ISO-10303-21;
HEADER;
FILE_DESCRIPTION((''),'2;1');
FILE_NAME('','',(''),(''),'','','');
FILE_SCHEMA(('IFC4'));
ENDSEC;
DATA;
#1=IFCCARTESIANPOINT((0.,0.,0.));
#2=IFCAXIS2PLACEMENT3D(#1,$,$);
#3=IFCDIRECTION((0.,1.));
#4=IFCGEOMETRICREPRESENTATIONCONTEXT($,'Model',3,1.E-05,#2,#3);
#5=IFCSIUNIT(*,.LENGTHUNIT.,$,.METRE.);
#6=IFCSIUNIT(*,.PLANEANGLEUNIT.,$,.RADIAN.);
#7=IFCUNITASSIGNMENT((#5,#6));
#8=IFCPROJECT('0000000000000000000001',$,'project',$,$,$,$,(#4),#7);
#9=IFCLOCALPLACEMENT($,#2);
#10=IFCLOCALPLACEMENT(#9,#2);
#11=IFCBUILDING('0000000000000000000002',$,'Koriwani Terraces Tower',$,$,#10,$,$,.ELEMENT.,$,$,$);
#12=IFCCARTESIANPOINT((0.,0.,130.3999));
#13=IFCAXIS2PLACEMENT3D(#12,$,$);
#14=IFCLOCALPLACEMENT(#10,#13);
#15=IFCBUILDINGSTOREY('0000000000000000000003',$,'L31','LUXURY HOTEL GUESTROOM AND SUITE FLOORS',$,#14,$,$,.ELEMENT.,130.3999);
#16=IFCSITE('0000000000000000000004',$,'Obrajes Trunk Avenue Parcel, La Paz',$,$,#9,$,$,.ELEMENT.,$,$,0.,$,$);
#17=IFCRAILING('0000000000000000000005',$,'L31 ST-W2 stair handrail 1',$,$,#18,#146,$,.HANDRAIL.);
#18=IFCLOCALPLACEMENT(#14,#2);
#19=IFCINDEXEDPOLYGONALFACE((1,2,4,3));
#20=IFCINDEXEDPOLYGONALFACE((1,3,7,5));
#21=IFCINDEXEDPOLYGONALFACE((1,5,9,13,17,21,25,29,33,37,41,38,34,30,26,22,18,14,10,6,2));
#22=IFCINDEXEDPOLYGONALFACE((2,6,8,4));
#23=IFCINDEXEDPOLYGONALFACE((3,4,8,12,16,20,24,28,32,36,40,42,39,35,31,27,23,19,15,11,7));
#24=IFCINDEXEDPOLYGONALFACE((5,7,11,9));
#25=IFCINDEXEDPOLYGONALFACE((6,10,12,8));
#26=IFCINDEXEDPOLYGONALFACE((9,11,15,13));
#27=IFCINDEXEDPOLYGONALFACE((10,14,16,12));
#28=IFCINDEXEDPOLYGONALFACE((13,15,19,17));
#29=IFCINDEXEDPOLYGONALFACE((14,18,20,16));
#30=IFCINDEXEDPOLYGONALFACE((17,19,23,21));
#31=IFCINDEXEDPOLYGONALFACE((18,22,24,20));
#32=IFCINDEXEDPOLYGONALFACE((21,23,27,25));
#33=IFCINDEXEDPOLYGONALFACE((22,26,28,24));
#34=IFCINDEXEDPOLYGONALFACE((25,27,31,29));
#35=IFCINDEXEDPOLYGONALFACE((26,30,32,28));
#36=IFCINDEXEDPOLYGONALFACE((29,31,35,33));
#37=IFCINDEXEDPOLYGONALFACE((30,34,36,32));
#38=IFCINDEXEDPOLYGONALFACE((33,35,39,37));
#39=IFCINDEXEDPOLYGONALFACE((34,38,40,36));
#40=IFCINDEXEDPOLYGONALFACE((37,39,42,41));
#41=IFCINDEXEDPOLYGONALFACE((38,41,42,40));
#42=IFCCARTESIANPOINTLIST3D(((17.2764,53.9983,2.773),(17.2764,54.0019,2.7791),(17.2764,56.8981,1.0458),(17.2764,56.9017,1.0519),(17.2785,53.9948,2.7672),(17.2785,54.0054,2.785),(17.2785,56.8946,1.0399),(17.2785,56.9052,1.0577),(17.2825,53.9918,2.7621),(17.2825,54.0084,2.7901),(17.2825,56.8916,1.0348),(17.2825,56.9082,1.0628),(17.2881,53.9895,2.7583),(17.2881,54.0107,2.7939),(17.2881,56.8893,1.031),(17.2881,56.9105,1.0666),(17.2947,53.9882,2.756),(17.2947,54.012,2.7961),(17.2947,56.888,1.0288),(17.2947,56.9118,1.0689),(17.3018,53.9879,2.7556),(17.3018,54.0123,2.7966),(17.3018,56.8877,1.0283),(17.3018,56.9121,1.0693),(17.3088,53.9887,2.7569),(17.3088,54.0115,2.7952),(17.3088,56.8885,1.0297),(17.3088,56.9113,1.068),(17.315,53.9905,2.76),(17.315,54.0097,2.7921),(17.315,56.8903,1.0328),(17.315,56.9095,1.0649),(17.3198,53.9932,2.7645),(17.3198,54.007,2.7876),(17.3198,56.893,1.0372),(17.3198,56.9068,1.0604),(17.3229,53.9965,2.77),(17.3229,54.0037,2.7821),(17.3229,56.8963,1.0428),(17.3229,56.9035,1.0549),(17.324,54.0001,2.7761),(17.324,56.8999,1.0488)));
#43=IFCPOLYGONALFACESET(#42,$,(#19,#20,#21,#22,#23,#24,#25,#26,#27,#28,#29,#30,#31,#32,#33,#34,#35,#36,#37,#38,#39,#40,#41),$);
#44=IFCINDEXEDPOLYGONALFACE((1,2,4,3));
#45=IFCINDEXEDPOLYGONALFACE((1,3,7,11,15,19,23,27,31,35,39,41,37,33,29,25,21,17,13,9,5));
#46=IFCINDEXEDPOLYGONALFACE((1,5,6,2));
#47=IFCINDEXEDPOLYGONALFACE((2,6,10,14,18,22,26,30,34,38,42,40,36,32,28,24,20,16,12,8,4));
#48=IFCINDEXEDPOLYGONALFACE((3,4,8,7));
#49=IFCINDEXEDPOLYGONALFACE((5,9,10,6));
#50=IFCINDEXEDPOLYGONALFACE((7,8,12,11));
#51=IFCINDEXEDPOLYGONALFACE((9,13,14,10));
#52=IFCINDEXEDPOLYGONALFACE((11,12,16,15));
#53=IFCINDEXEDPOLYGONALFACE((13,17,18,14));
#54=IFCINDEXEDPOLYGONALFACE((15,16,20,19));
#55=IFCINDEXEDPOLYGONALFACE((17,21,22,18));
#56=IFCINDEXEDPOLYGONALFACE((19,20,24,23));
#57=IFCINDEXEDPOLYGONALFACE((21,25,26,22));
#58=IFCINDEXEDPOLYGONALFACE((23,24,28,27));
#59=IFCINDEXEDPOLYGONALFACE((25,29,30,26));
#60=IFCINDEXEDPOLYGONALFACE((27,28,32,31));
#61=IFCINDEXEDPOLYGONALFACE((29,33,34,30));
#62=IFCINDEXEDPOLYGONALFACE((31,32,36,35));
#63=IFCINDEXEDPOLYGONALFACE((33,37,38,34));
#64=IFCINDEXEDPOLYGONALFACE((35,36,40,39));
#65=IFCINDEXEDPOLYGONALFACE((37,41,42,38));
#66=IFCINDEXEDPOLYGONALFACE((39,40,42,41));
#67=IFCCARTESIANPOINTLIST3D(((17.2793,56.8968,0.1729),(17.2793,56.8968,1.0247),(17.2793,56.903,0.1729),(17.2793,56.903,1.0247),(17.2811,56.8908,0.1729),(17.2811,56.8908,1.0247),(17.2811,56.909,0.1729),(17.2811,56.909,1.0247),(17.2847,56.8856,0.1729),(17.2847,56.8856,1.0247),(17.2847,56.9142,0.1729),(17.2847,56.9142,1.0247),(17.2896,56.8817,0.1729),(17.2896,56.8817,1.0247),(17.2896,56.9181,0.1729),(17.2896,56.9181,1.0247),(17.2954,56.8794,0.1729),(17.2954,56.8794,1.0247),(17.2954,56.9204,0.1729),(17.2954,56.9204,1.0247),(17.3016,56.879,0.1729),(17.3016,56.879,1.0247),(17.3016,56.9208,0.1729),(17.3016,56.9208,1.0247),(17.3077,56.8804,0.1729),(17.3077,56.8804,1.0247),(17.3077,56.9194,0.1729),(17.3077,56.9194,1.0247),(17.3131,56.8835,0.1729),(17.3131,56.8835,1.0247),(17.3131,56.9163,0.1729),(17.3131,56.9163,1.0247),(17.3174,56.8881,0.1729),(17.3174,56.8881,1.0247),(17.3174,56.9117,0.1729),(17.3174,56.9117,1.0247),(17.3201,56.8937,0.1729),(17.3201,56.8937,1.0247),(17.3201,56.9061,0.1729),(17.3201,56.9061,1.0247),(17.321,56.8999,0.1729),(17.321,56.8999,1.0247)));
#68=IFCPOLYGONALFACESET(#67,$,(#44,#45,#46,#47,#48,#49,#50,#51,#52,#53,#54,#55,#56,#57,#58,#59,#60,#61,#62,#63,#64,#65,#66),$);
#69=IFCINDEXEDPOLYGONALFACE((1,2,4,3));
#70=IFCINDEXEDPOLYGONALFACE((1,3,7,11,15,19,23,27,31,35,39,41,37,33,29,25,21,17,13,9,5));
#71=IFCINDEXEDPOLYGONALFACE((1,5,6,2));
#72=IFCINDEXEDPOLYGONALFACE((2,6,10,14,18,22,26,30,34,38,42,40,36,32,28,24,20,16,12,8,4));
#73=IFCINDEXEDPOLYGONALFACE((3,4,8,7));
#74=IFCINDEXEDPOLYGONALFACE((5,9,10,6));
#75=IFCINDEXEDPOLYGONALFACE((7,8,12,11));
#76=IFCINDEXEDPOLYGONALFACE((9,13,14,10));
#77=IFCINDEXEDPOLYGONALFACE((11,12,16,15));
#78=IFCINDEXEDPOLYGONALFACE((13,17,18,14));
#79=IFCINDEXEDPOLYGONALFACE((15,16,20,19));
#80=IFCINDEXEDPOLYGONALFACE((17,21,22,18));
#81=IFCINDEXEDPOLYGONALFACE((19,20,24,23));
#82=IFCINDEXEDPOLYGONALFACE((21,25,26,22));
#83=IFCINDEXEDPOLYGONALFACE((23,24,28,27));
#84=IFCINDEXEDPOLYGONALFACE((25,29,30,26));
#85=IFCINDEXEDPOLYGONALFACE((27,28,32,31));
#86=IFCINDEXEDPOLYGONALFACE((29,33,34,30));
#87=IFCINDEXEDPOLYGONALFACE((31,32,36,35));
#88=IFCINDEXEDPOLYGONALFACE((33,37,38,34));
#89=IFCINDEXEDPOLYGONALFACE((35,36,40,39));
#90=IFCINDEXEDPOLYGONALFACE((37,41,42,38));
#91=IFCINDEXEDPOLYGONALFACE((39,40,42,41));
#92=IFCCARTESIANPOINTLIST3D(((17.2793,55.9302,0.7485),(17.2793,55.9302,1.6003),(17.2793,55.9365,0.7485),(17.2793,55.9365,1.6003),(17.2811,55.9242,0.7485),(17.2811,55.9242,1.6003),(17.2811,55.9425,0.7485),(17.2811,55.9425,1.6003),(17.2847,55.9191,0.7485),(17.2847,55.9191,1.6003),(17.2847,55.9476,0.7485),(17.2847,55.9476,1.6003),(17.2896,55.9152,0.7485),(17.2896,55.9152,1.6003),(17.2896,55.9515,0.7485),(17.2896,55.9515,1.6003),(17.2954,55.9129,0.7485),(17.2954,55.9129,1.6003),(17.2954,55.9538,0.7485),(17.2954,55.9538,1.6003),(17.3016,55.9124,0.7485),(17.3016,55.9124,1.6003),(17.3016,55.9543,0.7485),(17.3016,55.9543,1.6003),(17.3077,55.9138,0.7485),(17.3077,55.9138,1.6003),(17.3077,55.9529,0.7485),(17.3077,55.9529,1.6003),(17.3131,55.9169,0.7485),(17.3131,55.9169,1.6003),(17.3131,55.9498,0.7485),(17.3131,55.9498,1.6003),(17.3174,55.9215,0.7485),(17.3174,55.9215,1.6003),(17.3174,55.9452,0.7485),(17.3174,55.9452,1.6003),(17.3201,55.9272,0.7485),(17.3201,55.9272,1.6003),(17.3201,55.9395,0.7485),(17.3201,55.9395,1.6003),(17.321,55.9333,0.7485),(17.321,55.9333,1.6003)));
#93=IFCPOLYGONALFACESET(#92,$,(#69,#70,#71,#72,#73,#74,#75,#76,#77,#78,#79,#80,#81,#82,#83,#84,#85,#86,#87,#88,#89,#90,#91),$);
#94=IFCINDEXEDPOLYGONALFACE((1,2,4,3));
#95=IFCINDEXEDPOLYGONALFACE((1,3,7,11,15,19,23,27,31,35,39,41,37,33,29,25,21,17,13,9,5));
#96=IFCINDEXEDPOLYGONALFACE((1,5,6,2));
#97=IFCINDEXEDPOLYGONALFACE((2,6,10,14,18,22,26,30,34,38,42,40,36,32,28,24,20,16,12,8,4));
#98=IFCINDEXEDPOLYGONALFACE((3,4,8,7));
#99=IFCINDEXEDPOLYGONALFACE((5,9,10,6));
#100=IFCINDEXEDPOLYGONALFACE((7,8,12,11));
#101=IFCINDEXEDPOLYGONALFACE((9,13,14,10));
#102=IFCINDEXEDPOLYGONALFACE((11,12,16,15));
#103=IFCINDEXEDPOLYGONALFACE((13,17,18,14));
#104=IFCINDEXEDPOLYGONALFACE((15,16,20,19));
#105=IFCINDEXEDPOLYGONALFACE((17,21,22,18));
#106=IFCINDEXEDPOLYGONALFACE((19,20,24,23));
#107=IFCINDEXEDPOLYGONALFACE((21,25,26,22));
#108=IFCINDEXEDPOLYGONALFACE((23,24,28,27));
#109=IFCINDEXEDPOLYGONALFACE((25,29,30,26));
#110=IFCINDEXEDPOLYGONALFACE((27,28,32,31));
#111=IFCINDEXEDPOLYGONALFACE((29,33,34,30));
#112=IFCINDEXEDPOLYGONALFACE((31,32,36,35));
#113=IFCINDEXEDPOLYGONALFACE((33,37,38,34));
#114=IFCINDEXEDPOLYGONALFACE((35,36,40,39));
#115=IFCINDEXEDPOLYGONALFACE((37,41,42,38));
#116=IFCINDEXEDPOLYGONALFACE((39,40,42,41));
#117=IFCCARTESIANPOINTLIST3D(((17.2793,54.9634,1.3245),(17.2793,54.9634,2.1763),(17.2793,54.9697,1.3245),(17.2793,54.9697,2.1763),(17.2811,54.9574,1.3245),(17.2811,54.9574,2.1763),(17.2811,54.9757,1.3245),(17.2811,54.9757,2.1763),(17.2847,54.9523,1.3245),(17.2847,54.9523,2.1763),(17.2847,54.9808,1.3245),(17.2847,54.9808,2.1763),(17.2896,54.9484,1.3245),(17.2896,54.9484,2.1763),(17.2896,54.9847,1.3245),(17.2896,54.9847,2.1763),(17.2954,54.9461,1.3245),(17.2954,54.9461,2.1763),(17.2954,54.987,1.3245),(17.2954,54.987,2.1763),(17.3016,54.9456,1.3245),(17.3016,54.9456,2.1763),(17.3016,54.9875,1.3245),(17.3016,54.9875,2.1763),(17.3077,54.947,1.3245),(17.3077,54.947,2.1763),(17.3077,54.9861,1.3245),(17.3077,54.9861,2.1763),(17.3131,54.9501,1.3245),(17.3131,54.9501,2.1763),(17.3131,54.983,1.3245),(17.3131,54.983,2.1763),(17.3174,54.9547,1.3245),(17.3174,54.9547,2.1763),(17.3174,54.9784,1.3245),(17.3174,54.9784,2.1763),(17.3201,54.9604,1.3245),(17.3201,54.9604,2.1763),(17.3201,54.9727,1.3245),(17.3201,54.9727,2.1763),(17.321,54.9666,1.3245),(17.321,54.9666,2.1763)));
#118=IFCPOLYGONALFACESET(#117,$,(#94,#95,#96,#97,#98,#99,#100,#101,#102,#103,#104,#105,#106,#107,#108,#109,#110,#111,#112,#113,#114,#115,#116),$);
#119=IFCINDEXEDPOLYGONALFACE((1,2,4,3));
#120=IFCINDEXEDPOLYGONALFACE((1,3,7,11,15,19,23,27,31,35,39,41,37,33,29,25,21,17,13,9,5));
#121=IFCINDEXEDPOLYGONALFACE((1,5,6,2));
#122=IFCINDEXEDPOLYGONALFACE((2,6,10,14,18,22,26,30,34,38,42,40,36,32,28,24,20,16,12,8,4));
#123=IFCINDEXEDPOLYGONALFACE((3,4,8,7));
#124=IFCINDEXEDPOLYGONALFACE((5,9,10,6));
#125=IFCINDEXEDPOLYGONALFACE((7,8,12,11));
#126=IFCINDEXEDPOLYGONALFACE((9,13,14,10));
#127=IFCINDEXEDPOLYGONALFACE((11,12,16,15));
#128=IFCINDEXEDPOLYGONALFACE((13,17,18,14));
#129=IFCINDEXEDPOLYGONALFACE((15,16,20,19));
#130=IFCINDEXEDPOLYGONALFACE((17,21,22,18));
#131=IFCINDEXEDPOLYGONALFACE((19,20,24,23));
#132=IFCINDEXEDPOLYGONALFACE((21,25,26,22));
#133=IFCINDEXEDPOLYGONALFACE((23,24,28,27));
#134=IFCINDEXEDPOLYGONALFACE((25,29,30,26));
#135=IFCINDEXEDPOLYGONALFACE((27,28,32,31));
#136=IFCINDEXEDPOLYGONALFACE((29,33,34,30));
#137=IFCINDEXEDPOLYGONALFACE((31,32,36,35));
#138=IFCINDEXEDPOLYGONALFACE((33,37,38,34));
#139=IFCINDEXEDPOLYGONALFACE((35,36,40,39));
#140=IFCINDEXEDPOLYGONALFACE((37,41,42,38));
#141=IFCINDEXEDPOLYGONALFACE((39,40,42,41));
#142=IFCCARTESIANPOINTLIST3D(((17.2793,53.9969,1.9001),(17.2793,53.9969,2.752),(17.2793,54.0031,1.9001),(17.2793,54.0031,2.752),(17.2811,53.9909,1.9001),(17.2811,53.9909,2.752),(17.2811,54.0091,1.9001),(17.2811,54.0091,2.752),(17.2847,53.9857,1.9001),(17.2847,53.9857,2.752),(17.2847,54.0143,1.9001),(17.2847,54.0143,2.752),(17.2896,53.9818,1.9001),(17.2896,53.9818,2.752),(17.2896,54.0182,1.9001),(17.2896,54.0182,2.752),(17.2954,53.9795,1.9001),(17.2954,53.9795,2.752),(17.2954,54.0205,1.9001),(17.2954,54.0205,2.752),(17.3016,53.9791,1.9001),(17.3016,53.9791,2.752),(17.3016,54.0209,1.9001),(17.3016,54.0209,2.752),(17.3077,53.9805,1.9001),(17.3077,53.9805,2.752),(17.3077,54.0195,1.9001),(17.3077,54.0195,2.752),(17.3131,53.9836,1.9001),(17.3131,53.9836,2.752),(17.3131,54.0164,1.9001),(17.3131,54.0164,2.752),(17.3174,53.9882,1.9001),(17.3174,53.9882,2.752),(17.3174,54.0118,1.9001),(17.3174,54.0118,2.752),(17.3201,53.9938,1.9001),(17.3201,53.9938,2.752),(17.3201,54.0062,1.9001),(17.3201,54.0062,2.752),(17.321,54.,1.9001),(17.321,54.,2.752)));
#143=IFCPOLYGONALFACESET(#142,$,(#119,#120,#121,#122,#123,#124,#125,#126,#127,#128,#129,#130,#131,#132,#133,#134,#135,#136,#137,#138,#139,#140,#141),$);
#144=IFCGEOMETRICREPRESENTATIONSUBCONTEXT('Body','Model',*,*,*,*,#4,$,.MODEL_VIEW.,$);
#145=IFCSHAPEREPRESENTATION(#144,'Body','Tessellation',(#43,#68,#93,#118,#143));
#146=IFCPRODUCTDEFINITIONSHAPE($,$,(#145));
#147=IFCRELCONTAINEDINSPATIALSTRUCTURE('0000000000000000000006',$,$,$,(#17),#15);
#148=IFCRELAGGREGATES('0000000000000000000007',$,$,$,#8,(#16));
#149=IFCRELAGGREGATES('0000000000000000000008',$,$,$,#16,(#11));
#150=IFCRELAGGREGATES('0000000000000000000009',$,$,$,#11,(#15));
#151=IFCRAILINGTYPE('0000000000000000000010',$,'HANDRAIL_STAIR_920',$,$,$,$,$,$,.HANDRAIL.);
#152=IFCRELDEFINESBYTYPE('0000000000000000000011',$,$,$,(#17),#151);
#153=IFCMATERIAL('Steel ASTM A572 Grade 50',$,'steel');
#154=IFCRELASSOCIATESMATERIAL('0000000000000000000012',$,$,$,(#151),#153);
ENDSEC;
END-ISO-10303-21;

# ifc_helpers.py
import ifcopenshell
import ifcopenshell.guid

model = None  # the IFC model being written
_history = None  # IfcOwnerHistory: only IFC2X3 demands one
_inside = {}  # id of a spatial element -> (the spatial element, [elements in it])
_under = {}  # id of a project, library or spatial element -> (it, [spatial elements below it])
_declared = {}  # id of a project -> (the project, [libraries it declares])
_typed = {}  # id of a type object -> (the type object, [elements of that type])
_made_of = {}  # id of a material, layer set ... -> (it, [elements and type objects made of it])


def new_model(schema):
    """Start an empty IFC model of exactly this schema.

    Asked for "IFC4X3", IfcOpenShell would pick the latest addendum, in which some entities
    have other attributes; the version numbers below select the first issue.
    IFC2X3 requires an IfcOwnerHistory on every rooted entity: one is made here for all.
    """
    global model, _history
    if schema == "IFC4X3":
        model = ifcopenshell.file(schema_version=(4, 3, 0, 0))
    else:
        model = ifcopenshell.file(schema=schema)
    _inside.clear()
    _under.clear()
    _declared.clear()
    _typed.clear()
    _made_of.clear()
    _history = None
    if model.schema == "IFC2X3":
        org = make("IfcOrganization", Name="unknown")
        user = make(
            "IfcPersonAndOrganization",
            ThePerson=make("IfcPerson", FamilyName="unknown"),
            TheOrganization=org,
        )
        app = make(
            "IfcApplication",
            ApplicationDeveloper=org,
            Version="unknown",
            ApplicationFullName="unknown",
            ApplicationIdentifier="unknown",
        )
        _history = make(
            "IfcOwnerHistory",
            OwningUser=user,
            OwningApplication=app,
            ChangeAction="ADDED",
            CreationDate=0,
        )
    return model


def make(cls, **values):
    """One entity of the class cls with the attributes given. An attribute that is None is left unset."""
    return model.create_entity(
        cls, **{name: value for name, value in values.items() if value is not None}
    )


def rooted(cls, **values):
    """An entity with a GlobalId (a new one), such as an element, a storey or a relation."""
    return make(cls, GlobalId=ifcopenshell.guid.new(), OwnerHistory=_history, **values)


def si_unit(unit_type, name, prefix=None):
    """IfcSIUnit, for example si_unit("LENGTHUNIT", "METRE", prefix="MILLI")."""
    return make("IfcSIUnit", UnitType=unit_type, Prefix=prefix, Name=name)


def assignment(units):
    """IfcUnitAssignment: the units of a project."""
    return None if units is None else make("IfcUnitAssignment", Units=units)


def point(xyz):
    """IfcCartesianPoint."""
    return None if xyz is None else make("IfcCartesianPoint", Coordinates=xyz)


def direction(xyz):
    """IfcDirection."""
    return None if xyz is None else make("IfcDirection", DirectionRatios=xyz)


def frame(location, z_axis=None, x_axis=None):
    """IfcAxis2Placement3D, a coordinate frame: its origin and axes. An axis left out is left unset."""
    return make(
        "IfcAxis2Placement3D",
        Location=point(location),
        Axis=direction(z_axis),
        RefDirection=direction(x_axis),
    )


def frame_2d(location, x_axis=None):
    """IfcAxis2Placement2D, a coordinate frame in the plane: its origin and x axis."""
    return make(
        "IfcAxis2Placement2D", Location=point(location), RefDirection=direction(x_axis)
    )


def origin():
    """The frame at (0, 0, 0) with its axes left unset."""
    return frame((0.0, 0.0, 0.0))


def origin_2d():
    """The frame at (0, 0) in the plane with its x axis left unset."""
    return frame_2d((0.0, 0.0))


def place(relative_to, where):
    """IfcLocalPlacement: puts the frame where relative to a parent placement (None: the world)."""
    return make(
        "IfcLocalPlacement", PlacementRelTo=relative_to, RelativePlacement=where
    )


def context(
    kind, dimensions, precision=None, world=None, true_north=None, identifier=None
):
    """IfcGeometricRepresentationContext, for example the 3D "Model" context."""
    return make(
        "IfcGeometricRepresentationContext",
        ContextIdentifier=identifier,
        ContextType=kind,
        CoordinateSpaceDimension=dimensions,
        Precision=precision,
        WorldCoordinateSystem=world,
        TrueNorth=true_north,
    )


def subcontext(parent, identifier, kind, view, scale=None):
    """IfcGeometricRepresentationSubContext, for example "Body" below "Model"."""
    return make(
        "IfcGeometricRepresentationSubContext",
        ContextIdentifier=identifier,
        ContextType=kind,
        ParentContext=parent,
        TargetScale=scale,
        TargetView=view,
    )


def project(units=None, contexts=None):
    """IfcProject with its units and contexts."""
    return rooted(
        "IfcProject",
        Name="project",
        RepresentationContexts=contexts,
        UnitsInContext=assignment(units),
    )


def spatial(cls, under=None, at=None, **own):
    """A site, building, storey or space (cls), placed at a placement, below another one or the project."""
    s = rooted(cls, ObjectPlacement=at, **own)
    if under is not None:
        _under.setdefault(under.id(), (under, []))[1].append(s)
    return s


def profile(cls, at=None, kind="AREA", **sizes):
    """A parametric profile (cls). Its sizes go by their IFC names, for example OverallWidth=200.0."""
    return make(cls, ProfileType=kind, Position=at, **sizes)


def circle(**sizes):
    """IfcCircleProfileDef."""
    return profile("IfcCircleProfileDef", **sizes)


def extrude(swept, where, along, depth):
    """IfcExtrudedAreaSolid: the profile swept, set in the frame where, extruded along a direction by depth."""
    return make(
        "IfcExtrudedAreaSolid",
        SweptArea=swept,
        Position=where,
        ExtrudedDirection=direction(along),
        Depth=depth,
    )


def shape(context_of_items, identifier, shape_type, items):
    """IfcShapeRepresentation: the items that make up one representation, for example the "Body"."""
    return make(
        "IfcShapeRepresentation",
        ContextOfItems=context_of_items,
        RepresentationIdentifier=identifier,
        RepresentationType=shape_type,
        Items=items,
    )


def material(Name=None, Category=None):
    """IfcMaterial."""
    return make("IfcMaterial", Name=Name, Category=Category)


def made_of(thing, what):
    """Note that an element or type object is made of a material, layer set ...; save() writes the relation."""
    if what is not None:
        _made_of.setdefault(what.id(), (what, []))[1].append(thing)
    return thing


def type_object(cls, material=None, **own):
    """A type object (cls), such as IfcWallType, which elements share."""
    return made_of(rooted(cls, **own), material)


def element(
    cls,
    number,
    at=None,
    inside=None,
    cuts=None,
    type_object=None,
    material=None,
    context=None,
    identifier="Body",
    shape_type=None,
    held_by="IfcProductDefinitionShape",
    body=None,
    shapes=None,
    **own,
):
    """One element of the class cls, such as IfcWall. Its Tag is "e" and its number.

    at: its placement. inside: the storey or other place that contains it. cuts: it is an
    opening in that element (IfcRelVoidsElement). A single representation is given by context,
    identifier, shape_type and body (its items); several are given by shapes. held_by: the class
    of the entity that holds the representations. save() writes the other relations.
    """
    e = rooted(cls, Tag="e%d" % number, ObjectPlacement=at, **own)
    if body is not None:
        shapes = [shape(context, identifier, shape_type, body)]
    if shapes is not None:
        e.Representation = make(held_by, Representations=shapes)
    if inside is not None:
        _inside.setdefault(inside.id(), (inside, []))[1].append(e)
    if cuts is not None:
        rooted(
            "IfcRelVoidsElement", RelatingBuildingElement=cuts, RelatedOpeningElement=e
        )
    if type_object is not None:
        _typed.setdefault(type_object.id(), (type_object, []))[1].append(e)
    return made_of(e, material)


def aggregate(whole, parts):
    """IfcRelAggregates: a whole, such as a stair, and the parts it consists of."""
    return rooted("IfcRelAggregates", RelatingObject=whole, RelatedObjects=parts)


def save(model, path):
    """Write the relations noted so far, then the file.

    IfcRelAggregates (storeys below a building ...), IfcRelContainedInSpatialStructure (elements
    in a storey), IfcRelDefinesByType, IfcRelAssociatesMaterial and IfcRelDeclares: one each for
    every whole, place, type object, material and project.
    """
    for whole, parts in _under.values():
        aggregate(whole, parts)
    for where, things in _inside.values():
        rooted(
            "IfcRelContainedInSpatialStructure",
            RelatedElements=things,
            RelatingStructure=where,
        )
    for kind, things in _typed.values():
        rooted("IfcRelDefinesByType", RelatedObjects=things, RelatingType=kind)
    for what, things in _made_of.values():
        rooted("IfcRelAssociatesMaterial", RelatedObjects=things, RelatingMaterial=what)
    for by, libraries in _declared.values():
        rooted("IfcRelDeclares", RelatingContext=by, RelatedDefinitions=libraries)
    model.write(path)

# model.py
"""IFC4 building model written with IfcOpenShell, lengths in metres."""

from ifc_helpers import new_model, si_unit, direction, frame, origin, origin_2d, place, context, subcontext, project, spatial, circle, extrude, material, type_object, element, save


model = new_model("IFC4")

# Units and contexts
model_context = context("Model", 3, precision=1e-05, world=origin(), true_north=direction((0.0, 1.0)))
body_context = subcontext(model_context, "Body", "Model", "MODEL_VIEW")
ifc_project = project(units=[si_unit("LENGTHUNIT", "METRE"), si_unit("PLANEANGLEUNIT", "RADIAN")], contexts=[model_context])

# Site, building, storey
site_placement = place(None, origin())
site = spatial("IfcSite", under=ifc_project, at=site_placement, Name="Obrajes Trunk Avenue Parcel, La Paz", CompositionType="ELEMENT", RefElevation=0.0)
building_placement = place(site_placement, origin())
building = spatial("IfcBuilding", under=site, at=building_placement, Name="Koriwani Terraces Tower", CompositionType="ELEMENT")
storey_placement = place(building_placement, frame((0.0, 0.0, 130.3999)))
storey = spatial("IfcBuildingStorey", under=building, at=storey_placement, Name="L31", Description="LUXURY HOTEL GUESTROOM AND SUITE FLOORS", CompositionType="ELEMENT", Elevation=130.3999)

# Shared definitions
ifc_material_1 = material(Name="Steel ASTM A572 Grade 50", Category="steel")

# Railing
railing_type_1 = type_object("IfcRailingType", Name="HANDRAIL_STAIR_920", PredefinedType="HANDRAIL", material=ifc_material_1)
for number, where, name in (
    (1, (17.3, 56.8999, 0.1729), "L31 ST-W2 stair handrail 1"),
):
    element("IfcRailing", number, at=place(storey_placement, frame(where)), inside=storey, type_object=railing_type_1, Name=name, PredefinedType="HANDRAIL", context=body_context, shape_type="SweptSolid", body=[
        extrude(circle(Radius=0.0239, at=origin_2d()), frame((0.0, 0.0, 0.876), z_axis=(0.0, -0.859141, 0.511738), x_axis=(1.0, 0.0, 0.0)), (0.0, 0.0, 1.0), 3.3752),
        extrude(circle(Radius=0.021, at=origin_2d()), origin(), (0.0, 0.0, 1.0), 0.8518),
        extrude(circle(Radius=0.021, at=origin_2d()), frame((0.0, -0.9666, 0.5757)), (0.0, 0.0, 1.0), 0.8518),
        extrude(circle(Radius=0.021, at=origin_2d()), frame((0.0, -1.9333, 1.1516)), (0.0, 0.0, 1.0), 0.8518),
        extrude(circle(Radius=0.021, at=origin_2d()), frame((0.0, -2.8999, 1.7273)), (0.0, 0.0, 1.0), 0.8518),
    ])

save(model, "model.ifc")
